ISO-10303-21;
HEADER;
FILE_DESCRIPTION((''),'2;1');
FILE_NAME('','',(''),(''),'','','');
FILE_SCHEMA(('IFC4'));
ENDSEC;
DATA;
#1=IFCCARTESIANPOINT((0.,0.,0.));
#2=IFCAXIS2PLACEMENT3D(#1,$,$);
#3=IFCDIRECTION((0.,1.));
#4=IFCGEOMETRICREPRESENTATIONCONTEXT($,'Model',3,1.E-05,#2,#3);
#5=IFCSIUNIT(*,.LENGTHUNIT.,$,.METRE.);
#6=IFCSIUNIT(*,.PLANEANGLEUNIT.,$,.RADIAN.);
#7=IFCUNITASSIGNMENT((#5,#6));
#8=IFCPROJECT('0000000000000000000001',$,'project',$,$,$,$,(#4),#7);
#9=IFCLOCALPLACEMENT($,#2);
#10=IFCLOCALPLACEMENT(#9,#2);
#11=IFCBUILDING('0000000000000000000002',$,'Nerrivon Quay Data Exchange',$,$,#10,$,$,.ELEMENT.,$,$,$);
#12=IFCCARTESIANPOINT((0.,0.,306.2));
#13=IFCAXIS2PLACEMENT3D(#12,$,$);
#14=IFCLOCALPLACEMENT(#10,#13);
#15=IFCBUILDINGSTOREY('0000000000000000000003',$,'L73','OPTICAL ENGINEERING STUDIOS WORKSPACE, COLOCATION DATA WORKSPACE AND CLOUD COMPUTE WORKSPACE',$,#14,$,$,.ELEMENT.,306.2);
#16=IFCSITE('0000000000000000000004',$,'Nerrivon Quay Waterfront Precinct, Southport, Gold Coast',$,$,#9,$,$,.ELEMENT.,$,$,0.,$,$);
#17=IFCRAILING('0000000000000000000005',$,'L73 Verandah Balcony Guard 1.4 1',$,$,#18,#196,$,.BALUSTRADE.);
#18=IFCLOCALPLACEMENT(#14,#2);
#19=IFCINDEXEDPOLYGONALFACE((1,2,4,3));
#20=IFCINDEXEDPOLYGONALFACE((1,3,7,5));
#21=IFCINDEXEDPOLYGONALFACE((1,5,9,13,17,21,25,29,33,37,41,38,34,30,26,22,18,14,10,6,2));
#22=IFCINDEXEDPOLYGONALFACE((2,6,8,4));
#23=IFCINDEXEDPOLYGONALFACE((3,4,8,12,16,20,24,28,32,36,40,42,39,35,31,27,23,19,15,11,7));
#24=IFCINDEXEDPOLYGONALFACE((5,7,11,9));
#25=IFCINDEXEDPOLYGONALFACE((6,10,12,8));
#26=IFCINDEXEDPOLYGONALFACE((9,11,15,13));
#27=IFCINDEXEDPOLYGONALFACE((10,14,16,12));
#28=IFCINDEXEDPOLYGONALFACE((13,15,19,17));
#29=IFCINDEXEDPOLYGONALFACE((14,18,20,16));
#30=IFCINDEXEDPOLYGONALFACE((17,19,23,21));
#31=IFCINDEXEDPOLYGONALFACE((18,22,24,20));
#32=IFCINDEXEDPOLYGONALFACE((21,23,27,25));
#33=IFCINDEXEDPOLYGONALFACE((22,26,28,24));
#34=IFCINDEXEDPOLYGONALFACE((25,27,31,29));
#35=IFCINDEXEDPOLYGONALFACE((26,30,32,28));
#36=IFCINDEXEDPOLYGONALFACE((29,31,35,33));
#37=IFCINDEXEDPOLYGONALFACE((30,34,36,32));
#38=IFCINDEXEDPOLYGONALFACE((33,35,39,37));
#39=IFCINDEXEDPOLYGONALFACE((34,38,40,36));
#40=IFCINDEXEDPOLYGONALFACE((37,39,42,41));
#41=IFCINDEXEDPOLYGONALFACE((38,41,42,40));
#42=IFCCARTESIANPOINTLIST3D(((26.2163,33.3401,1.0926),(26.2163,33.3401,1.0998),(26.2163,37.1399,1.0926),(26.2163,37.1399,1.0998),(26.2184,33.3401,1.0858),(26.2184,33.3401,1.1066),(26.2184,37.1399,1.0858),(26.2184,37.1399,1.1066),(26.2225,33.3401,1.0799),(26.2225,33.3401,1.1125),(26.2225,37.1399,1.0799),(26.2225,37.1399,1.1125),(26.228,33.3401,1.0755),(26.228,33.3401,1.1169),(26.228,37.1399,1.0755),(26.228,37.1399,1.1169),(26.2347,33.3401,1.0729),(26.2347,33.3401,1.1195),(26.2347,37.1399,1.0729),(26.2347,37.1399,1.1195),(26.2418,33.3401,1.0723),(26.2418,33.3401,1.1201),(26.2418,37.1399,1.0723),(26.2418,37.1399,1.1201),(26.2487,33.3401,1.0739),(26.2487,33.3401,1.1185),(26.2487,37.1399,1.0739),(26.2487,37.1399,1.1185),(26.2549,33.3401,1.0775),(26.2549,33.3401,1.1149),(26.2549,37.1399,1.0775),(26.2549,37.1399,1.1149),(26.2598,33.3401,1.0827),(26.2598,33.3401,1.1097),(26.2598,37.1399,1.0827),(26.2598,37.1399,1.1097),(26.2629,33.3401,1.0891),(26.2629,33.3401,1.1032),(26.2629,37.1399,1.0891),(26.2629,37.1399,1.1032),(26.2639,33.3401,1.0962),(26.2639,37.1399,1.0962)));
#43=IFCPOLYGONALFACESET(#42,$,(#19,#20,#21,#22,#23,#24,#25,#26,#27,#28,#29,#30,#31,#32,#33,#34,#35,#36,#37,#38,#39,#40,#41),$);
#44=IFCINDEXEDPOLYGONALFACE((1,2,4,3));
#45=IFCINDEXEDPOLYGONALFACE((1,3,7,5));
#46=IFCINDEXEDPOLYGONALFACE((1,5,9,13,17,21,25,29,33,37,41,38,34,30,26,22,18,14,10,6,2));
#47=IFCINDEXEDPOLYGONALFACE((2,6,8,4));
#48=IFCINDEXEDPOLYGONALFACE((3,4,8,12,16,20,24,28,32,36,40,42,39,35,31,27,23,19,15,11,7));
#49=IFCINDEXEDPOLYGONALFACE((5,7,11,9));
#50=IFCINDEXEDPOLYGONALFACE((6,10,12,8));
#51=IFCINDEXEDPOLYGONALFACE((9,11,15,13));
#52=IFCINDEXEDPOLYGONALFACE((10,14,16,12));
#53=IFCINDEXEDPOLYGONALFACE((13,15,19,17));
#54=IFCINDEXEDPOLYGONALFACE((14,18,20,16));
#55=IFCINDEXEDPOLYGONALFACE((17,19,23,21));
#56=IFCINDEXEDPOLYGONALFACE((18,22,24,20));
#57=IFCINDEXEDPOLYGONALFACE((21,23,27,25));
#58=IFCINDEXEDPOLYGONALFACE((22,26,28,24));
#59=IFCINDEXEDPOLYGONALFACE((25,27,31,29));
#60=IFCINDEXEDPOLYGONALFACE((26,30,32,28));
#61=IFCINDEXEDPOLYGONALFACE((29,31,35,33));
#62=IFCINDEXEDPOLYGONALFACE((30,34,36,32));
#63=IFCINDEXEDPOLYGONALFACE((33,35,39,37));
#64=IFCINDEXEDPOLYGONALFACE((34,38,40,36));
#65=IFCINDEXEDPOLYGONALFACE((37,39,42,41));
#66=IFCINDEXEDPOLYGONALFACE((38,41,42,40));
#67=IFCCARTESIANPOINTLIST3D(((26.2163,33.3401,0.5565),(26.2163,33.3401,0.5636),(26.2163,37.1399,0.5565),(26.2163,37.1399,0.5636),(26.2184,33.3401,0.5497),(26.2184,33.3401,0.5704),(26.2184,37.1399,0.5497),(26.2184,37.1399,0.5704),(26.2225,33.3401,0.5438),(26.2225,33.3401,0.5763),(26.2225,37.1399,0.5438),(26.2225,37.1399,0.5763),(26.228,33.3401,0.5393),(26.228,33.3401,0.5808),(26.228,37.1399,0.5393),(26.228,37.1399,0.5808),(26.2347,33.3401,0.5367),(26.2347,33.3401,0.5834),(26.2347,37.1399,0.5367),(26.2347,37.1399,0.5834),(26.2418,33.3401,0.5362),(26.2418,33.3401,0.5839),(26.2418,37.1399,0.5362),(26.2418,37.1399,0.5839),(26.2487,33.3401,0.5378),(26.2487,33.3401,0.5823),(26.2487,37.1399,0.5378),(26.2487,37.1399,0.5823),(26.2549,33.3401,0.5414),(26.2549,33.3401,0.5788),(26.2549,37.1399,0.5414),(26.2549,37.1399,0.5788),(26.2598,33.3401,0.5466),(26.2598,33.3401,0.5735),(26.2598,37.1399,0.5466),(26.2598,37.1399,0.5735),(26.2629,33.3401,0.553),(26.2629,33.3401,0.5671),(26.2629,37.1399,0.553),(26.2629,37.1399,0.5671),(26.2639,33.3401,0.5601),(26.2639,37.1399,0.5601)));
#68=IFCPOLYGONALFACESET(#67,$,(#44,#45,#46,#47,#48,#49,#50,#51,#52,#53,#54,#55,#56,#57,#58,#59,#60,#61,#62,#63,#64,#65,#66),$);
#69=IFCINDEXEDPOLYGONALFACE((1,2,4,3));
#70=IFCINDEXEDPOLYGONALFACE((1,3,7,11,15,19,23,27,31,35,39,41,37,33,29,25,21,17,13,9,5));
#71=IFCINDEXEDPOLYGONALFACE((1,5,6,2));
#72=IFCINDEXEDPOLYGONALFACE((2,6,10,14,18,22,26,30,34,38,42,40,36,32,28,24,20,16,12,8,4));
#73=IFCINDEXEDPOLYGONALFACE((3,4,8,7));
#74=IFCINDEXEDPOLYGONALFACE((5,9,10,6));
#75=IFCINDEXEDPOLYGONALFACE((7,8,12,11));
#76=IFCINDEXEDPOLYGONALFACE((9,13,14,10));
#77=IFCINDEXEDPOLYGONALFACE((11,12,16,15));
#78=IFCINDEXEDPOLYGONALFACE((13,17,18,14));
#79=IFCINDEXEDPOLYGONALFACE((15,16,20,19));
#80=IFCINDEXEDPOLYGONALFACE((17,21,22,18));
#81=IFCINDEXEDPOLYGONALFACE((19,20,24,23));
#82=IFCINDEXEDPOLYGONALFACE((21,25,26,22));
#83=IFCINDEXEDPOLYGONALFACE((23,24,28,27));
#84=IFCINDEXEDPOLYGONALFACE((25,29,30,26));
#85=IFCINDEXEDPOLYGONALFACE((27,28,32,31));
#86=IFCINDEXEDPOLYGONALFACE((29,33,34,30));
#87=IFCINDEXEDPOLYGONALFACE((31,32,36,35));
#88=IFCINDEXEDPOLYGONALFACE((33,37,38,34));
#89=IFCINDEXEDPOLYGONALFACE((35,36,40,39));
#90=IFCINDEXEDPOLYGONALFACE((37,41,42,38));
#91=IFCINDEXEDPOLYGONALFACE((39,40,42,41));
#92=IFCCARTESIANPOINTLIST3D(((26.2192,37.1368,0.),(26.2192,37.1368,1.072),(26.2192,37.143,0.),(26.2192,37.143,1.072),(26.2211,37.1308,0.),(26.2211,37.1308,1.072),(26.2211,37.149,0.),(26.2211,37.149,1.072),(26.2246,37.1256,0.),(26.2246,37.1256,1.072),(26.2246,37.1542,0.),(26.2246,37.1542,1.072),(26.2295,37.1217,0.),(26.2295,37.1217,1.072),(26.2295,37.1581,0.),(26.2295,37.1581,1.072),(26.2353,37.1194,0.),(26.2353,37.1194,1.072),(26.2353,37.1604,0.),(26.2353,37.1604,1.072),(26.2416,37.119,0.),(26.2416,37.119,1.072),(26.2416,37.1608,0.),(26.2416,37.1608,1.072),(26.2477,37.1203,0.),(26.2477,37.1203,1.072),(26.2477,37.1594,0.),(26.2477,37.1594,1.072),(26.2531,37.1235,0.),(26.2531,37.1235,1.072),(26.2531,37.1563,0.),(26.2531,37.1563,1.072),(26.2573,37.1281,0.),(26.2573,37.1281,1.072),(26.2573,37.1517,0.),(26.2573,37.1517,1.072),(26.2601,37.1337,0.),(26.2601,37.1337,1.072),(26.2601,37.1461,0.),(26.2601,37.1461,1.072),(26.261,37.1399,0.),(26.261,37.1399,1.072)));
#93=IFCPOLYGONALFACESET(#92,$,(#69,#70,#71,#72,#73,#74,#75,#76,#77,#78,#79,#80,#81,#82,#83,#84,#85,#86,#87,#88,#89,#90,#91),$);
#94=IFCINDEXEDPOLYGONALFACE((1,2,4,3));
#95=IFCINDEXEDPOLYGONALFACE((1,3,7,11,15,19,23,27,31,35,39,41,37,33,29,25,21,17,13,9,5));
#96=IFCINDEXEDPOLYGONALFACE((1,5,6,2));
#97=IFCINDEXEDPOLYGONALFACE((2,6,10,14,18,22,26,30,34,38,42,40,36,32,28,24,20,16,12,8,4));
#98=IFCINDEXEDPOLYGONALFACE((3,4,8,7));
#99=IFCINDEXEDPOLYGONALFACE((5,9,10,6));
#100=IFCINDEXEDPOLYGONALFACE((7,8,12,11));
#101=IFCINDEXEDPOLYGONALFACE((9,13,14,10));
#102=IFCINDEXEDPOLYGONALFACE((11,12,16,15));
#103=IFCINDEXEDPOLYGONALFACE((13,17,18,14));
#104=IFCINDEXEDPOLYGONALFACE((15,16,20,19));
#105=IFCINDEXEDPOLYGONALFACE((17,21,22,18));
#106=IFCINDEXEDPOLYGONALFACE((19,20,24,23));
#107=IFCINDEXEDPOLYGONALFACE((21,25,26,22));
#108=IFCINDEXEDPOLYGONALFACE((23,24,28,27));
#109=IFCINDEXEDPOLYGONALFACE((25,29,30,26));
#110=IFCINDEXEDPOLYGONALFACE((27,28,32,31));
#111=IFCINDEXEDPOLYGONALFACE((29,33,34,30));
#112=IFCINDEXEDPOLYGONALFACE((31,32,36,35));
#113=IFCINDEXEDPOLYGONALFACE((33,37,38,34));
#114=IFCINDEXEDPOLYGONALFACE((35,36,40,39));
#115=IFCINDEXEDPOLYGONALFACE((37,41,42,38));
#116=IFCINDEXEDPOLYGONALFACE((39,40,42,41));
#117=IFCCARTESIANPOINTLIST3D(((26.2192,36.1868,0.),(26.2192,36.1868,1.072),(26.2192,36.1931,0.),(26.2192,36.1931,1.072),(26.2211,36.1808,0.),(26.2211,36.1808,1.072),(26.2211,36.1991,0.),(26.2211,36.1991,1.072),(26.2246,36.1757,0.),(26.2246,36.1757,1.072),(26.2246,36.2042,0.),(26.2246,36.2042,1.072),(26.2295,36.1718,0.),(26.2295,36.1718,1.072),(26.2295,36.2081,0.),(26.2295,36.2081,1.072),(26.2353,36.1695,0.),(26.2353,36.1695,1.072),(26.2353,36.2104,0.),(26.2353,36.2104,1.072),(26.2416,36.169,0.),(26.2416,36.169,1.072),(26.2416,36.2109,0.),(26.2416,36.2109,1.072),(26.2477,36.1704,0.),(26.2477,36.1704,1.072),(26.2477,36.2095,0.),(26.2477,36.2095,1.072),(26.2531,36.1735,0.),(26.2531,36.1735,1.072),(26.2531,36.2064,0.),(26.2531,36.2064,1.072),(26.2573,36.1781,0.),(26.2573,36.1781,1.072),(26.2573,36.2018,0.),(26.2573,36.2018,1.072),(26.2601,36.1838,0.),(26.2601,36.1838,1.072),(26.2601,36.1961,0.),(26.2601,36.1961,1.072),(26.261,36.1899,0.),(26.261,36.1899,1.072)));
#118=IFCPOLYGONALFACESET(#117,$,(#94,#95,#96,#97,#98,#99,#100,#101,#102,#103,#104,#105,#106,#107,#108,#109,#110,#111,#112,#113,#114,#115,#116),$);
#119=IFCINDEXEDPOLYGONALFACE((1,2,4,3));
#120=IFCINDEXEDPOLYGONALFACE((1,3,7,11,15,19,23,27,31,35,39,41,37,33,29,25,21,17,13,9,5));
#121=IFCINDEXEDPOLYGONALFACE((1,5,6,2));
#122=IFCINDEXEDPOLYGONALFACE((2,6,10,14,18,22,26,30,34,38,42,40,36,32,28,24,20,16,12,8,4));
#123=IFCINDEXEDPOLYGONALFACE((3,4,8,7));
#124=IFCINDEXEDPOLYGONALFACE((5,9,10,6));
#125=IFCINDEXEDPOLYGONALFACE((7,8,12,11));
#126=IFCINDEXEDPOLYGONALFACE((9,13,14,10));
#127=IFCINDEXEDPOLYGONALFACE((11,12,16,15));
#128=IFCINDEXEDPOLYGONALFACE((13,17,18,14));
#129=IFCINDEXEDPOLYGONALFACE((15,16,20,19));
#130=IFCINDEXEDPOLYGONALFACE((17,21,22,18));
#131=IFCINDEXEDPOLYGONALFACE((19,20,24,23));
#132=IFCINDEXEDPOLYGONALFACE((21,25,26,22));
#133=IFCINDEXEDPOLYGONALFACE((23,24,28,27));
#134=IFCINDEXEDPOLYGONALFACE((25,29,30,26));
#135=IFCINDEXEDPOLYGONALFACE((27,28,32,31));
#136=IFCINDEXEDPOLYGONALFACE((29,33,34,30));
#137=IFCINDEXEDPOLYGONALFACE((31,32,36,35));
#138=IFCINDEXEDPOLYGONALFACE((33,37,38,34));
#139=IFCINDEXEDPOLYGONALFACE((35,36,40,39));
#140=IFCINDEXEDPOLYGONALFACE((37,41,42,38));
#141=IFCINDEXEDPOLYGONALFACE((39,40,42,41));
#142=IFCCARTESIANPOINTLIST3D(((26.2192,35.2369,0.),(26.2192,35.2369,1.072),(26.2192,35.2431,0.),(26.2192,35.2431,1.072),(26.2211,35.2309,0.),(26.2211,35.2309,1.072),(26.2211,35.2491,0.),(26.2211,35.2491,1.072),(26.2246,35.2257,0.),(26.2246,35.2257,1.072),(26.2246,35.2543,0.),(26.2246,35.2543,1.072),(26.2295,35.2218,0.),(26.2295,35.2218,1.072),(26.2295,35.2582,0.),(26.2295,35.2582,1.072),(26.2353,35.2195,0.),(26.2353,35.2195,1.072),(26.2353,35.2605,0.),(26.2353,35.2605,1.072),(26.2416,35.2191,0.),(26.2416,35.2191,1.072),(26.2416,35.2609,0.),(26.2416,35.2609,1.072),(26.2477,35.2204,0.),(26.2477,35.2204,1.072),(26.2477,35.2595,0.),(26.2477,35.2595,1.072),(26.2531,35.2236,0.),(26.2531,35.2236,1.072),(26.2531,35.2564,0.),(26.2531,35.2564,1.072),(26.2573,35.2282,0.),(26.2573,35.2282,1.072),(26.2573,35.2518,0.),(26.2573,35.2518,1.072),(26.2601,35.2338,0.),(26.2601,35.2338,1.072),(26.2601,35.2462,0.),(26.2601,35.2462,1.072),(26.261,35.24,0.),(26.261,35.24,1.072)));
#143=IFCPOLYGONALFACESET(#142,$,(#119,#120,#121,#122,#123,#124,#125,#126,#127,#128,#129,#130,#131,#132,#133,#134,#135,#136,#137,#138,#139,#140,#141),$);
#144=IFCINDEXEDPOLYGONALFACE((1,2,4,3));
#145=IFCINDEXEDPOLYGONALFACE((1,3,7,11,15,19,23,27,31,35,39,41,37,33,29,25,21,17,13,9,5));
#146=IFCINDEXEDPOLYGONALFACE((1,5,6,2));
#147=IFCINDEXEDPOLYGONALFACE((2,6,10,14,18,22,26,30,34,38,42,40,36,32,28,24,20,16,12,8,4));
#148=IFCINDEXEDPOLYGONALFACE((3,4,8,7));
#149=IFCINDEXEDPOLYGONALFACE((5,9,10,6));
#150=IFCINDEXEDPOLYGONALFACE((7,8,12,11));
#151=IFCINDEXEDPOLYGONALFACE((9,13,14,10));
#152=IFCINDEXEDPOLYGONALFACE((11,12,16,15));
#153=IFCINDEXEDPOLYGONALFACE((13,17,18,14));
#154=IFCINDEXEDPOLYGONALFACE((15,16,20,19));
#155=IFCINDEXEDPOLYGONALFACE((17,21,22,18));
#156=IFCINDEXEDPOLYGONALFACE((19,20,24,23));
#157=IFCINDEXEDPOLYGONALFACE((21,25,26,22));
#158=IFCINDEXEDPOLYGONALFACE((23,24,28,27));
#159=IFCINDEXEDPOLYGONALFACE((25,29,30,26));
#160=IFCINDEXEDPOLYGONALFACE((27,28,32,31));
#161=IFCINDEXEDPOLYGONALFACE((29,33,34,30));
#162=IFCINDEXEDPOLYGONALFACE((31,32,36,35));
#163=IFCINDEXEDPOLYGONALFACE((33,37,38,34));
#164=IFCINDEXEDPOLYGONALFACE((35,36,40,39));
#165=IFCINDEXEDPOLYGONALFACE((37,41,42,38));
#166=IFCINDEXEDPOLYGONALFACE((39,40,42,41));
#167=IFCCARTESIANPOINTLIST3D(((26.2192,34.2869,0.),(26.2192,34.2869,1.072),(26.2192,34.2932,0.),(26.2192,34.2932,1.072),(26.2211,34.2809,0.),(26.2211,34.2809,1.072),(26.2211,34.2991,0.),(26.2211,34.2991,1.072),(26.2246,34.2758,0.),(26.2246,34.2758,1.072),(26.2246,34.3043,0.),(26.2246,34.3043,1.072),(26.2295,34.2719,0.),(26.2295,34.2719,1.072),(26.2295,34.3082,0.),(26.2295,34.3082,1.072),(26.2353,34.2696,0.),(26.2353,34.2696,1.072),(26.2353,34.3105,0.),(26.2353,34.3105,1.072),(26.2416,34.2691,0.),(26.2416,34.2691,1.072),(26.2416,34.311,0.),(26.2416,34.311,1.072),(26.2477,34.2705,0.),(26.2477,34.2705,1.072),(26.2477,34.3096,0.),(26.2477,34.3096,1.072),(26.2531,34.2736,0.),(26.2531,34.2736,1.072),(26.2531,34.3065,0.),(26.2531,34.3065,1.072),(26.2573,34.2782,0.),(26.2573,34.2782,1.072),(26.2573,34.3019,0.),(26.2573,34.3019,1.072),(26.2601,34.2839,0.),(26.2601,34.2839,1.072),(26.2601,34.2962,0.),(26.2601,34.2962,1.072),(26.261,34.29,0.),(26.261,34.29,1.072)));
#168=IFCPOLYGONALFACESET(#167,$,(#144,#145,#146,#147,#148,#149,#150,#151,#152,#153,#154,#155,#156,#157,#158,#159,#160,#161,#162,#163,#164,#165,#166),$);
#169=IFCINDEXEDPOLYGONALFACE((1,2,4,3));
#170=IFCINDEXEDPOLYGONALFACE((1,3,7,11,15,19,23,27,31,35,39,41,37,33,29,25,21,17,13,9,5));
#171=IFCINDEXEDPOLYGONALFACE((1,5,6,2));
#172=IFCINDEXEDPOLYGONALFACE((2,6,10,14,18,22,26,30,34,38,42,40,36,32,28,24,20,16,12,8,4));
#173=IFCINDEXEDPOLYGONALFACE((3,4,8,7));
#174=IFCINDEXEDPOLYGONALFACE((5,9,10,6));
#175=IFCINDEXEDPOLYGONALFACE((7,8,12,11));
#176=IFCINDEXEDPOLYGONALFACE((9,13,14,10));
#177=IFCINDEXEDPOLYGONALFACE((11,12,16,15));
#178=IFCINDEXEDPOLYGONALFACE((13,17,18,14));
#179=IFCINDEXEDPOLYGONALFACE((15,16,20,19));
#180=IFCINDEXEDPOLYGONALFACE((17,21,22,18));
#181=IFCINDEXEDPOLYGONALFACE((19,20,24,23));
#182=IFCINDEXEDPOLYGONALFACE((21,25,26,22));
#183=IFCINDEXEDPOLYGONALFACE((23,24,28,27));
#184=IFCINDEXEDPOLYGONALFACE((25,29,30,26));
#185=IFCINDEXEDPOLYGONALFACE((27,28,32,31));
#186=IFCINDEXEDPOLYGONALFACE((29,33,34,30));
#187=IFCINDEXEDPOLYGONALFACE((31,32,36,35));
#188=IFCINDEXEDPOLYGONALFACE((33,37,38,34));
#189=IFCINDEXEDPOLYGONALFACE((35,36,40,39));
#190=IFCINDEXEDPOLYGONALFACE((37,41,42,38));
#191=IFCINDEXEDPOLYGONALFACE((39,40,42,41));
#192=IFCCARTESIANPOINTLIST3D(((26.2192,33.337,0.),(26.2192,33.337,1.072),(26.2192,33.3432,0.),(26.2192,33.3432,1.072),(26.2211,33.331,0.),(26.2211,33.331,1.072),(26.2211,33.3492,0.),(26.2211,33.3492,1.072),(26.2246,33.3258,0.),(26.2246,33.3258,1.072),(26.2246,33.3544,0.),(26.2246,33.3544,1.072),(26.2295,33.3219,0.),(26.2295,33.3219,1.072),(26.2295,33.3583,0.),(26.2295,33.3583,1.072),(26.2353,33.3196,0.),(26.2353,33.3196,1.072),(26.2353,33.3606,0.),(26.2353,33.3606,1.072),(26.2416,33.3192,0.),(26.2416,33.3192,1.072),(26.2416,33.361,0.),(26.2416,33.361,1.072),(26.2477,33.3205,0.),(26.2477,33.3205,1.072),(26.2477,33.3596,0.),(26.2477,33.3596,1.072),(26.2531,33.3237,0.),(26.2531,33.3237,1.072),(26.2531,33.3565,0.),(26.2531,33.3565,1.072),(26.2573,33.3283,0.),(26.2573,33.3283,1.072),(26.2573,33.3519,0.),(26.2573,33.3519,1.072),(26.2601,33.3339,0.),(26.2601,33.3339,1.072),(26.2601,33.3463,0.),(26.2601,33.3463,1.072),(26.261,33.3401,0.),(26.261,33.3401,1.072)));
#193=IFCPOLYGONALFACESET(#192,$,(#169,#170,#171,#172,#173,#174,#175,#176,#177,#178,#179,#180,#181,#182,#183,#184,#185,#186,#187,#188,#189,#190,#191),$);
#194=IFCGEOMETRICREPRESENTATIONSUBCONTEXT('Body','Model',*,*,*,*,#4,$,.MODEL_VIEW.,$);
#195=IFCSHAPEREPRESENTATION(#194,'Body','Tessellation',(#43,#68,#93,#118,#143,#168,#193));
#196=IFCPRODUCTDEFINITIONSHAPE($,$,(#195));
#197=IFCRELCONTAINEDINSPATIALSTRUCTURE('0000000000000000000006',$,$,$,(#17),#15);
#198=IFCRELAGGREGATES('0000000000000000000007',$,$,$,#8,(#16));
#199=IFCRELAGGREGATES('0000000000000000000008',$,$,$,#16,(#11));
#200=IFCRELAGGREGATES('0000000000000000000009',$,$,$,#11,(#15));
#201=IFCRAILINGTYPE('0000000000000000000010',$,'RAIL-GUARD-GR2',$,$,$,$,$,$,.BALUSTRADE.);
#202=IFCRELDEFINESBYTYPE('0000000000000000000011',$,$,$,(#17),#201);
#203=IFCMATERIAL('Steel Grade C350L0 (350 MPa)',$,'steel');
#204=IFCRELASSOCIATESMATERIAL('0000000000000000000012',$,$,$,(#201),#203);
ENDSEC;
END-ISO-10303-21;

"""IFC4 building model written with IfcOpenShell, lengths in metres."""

from ifc_helpers import new_model, si_unit, direction, frame, origin, origin_2d, place, context, subcontext, project, spatial, circle, extrude, material, type_object, element, save


model = new_model("IFC4")

# Units and contexts
model_context = context("Model", 3, precision=1e-05, world=origin(), true_north=direction((0.0, 1.0)))
body_context = subcontext(model_context, "Body", "Model", "MODEL_VIEW")
ifc_project = project(units=[si_unit("LENGTHUNIT", "METRE"), si_unit("PLANEANGLEUNIT", "RADIAN")], contexts=[model_context])

# Site, building, storey
site_placement = place(None, origin())
site = spatial("IfcSite", under=ifc_project, at=site_placement, Name="Nerrivon Quay Waterfront Precinct, Southport, Gold Coast", CompositionType="ELEMENT", RefElevation=0.0)
building_placement = place(site_placement, origin())
building = spatial("IfcBuilding", under=site, at=building_placement, Name="Nerrivon Quay Data Exchange", CompositionType="ELEMENT")
storey_placement = place(building_placement, frame((0.0, 0.0, 306.2)))
storey = spatial("IfcBuildingStorey", under=building, at=storey_placement, Name="L73", Description="OPTICAL ENGINEERING STUDIOS WORKSPACE, COLOCATION DATA WORKSPACE AND CLOUD COMPUTE WORKSPACE", CompositionType="ELEMENT", Elevation=306.2)

# Railing
ifc_material_1 = material(Name="Steel Grade C350L0 (350 MPa)", Category="steel")
railing_type = type_object("IfcRailingType", Name="RAIL-GUARD-GR2", PredefinedType="BALUSTRADE", material=ifc_material_1)
railing_1_placement = place(storey_placement, frame((26.24, 37.1399, 0.0)))
element("IfcRailing", 1, at=railing_1_placement, inside=storey, type_object=railing_type, Name="L73 Verandah Balcony Guard 1.4 1", PredefinedType="BALUSTRADE", context=body_context, shape_type="SweptSolid", body=[
    extrude(circle(Radius=0.0239, at=origin_2d()), frame((0.0, 0.0, 1.0962), z_axis=(0.0, -1.0, 0.0), x_axis=(1.0, 0.0, 0.0)), (0.0, 0.0, 1.0), 3.7998),
    extrude(circle(Radius=0.0239, at=origin_2d()), frame((0.0, 0.0, 0.5601), z_axis=(0.0, -1.0, 0.0), x_axis=(1.0, 0.0, 0.0)), (0.0, 0.0, 1.0), 3.7998),
    extrude(circle(Radius=0.021, at=origin_2d()), origin(), (0.0, 0.0, 1.0), 1.072),
    extrude(circle(Radius=0.021, at=origin_2d()), frame((0.0, -0.95, 0.0)), (0.0, 0.0, 1.0), 1.072),
    extrude(circle(Radius=0.021, at=origin_2d()), frame((0.0, -1.8999, 0.0)), (0.0, 0.0, 1.0), 1.072),
    extrude(circle(Radius=0.021, at=origin_2d()), frame((0.0, -2.8499, 0.0)), (0.0, 0.0, 1.0), 1.072),
    extrude(circle(Radius=0.021, at=origin_2d()), frame((0.0, -3.7998, 0.0)), (0.0, 0.0, 1.0), 1.072),
])

save(model, "model.ifc")
